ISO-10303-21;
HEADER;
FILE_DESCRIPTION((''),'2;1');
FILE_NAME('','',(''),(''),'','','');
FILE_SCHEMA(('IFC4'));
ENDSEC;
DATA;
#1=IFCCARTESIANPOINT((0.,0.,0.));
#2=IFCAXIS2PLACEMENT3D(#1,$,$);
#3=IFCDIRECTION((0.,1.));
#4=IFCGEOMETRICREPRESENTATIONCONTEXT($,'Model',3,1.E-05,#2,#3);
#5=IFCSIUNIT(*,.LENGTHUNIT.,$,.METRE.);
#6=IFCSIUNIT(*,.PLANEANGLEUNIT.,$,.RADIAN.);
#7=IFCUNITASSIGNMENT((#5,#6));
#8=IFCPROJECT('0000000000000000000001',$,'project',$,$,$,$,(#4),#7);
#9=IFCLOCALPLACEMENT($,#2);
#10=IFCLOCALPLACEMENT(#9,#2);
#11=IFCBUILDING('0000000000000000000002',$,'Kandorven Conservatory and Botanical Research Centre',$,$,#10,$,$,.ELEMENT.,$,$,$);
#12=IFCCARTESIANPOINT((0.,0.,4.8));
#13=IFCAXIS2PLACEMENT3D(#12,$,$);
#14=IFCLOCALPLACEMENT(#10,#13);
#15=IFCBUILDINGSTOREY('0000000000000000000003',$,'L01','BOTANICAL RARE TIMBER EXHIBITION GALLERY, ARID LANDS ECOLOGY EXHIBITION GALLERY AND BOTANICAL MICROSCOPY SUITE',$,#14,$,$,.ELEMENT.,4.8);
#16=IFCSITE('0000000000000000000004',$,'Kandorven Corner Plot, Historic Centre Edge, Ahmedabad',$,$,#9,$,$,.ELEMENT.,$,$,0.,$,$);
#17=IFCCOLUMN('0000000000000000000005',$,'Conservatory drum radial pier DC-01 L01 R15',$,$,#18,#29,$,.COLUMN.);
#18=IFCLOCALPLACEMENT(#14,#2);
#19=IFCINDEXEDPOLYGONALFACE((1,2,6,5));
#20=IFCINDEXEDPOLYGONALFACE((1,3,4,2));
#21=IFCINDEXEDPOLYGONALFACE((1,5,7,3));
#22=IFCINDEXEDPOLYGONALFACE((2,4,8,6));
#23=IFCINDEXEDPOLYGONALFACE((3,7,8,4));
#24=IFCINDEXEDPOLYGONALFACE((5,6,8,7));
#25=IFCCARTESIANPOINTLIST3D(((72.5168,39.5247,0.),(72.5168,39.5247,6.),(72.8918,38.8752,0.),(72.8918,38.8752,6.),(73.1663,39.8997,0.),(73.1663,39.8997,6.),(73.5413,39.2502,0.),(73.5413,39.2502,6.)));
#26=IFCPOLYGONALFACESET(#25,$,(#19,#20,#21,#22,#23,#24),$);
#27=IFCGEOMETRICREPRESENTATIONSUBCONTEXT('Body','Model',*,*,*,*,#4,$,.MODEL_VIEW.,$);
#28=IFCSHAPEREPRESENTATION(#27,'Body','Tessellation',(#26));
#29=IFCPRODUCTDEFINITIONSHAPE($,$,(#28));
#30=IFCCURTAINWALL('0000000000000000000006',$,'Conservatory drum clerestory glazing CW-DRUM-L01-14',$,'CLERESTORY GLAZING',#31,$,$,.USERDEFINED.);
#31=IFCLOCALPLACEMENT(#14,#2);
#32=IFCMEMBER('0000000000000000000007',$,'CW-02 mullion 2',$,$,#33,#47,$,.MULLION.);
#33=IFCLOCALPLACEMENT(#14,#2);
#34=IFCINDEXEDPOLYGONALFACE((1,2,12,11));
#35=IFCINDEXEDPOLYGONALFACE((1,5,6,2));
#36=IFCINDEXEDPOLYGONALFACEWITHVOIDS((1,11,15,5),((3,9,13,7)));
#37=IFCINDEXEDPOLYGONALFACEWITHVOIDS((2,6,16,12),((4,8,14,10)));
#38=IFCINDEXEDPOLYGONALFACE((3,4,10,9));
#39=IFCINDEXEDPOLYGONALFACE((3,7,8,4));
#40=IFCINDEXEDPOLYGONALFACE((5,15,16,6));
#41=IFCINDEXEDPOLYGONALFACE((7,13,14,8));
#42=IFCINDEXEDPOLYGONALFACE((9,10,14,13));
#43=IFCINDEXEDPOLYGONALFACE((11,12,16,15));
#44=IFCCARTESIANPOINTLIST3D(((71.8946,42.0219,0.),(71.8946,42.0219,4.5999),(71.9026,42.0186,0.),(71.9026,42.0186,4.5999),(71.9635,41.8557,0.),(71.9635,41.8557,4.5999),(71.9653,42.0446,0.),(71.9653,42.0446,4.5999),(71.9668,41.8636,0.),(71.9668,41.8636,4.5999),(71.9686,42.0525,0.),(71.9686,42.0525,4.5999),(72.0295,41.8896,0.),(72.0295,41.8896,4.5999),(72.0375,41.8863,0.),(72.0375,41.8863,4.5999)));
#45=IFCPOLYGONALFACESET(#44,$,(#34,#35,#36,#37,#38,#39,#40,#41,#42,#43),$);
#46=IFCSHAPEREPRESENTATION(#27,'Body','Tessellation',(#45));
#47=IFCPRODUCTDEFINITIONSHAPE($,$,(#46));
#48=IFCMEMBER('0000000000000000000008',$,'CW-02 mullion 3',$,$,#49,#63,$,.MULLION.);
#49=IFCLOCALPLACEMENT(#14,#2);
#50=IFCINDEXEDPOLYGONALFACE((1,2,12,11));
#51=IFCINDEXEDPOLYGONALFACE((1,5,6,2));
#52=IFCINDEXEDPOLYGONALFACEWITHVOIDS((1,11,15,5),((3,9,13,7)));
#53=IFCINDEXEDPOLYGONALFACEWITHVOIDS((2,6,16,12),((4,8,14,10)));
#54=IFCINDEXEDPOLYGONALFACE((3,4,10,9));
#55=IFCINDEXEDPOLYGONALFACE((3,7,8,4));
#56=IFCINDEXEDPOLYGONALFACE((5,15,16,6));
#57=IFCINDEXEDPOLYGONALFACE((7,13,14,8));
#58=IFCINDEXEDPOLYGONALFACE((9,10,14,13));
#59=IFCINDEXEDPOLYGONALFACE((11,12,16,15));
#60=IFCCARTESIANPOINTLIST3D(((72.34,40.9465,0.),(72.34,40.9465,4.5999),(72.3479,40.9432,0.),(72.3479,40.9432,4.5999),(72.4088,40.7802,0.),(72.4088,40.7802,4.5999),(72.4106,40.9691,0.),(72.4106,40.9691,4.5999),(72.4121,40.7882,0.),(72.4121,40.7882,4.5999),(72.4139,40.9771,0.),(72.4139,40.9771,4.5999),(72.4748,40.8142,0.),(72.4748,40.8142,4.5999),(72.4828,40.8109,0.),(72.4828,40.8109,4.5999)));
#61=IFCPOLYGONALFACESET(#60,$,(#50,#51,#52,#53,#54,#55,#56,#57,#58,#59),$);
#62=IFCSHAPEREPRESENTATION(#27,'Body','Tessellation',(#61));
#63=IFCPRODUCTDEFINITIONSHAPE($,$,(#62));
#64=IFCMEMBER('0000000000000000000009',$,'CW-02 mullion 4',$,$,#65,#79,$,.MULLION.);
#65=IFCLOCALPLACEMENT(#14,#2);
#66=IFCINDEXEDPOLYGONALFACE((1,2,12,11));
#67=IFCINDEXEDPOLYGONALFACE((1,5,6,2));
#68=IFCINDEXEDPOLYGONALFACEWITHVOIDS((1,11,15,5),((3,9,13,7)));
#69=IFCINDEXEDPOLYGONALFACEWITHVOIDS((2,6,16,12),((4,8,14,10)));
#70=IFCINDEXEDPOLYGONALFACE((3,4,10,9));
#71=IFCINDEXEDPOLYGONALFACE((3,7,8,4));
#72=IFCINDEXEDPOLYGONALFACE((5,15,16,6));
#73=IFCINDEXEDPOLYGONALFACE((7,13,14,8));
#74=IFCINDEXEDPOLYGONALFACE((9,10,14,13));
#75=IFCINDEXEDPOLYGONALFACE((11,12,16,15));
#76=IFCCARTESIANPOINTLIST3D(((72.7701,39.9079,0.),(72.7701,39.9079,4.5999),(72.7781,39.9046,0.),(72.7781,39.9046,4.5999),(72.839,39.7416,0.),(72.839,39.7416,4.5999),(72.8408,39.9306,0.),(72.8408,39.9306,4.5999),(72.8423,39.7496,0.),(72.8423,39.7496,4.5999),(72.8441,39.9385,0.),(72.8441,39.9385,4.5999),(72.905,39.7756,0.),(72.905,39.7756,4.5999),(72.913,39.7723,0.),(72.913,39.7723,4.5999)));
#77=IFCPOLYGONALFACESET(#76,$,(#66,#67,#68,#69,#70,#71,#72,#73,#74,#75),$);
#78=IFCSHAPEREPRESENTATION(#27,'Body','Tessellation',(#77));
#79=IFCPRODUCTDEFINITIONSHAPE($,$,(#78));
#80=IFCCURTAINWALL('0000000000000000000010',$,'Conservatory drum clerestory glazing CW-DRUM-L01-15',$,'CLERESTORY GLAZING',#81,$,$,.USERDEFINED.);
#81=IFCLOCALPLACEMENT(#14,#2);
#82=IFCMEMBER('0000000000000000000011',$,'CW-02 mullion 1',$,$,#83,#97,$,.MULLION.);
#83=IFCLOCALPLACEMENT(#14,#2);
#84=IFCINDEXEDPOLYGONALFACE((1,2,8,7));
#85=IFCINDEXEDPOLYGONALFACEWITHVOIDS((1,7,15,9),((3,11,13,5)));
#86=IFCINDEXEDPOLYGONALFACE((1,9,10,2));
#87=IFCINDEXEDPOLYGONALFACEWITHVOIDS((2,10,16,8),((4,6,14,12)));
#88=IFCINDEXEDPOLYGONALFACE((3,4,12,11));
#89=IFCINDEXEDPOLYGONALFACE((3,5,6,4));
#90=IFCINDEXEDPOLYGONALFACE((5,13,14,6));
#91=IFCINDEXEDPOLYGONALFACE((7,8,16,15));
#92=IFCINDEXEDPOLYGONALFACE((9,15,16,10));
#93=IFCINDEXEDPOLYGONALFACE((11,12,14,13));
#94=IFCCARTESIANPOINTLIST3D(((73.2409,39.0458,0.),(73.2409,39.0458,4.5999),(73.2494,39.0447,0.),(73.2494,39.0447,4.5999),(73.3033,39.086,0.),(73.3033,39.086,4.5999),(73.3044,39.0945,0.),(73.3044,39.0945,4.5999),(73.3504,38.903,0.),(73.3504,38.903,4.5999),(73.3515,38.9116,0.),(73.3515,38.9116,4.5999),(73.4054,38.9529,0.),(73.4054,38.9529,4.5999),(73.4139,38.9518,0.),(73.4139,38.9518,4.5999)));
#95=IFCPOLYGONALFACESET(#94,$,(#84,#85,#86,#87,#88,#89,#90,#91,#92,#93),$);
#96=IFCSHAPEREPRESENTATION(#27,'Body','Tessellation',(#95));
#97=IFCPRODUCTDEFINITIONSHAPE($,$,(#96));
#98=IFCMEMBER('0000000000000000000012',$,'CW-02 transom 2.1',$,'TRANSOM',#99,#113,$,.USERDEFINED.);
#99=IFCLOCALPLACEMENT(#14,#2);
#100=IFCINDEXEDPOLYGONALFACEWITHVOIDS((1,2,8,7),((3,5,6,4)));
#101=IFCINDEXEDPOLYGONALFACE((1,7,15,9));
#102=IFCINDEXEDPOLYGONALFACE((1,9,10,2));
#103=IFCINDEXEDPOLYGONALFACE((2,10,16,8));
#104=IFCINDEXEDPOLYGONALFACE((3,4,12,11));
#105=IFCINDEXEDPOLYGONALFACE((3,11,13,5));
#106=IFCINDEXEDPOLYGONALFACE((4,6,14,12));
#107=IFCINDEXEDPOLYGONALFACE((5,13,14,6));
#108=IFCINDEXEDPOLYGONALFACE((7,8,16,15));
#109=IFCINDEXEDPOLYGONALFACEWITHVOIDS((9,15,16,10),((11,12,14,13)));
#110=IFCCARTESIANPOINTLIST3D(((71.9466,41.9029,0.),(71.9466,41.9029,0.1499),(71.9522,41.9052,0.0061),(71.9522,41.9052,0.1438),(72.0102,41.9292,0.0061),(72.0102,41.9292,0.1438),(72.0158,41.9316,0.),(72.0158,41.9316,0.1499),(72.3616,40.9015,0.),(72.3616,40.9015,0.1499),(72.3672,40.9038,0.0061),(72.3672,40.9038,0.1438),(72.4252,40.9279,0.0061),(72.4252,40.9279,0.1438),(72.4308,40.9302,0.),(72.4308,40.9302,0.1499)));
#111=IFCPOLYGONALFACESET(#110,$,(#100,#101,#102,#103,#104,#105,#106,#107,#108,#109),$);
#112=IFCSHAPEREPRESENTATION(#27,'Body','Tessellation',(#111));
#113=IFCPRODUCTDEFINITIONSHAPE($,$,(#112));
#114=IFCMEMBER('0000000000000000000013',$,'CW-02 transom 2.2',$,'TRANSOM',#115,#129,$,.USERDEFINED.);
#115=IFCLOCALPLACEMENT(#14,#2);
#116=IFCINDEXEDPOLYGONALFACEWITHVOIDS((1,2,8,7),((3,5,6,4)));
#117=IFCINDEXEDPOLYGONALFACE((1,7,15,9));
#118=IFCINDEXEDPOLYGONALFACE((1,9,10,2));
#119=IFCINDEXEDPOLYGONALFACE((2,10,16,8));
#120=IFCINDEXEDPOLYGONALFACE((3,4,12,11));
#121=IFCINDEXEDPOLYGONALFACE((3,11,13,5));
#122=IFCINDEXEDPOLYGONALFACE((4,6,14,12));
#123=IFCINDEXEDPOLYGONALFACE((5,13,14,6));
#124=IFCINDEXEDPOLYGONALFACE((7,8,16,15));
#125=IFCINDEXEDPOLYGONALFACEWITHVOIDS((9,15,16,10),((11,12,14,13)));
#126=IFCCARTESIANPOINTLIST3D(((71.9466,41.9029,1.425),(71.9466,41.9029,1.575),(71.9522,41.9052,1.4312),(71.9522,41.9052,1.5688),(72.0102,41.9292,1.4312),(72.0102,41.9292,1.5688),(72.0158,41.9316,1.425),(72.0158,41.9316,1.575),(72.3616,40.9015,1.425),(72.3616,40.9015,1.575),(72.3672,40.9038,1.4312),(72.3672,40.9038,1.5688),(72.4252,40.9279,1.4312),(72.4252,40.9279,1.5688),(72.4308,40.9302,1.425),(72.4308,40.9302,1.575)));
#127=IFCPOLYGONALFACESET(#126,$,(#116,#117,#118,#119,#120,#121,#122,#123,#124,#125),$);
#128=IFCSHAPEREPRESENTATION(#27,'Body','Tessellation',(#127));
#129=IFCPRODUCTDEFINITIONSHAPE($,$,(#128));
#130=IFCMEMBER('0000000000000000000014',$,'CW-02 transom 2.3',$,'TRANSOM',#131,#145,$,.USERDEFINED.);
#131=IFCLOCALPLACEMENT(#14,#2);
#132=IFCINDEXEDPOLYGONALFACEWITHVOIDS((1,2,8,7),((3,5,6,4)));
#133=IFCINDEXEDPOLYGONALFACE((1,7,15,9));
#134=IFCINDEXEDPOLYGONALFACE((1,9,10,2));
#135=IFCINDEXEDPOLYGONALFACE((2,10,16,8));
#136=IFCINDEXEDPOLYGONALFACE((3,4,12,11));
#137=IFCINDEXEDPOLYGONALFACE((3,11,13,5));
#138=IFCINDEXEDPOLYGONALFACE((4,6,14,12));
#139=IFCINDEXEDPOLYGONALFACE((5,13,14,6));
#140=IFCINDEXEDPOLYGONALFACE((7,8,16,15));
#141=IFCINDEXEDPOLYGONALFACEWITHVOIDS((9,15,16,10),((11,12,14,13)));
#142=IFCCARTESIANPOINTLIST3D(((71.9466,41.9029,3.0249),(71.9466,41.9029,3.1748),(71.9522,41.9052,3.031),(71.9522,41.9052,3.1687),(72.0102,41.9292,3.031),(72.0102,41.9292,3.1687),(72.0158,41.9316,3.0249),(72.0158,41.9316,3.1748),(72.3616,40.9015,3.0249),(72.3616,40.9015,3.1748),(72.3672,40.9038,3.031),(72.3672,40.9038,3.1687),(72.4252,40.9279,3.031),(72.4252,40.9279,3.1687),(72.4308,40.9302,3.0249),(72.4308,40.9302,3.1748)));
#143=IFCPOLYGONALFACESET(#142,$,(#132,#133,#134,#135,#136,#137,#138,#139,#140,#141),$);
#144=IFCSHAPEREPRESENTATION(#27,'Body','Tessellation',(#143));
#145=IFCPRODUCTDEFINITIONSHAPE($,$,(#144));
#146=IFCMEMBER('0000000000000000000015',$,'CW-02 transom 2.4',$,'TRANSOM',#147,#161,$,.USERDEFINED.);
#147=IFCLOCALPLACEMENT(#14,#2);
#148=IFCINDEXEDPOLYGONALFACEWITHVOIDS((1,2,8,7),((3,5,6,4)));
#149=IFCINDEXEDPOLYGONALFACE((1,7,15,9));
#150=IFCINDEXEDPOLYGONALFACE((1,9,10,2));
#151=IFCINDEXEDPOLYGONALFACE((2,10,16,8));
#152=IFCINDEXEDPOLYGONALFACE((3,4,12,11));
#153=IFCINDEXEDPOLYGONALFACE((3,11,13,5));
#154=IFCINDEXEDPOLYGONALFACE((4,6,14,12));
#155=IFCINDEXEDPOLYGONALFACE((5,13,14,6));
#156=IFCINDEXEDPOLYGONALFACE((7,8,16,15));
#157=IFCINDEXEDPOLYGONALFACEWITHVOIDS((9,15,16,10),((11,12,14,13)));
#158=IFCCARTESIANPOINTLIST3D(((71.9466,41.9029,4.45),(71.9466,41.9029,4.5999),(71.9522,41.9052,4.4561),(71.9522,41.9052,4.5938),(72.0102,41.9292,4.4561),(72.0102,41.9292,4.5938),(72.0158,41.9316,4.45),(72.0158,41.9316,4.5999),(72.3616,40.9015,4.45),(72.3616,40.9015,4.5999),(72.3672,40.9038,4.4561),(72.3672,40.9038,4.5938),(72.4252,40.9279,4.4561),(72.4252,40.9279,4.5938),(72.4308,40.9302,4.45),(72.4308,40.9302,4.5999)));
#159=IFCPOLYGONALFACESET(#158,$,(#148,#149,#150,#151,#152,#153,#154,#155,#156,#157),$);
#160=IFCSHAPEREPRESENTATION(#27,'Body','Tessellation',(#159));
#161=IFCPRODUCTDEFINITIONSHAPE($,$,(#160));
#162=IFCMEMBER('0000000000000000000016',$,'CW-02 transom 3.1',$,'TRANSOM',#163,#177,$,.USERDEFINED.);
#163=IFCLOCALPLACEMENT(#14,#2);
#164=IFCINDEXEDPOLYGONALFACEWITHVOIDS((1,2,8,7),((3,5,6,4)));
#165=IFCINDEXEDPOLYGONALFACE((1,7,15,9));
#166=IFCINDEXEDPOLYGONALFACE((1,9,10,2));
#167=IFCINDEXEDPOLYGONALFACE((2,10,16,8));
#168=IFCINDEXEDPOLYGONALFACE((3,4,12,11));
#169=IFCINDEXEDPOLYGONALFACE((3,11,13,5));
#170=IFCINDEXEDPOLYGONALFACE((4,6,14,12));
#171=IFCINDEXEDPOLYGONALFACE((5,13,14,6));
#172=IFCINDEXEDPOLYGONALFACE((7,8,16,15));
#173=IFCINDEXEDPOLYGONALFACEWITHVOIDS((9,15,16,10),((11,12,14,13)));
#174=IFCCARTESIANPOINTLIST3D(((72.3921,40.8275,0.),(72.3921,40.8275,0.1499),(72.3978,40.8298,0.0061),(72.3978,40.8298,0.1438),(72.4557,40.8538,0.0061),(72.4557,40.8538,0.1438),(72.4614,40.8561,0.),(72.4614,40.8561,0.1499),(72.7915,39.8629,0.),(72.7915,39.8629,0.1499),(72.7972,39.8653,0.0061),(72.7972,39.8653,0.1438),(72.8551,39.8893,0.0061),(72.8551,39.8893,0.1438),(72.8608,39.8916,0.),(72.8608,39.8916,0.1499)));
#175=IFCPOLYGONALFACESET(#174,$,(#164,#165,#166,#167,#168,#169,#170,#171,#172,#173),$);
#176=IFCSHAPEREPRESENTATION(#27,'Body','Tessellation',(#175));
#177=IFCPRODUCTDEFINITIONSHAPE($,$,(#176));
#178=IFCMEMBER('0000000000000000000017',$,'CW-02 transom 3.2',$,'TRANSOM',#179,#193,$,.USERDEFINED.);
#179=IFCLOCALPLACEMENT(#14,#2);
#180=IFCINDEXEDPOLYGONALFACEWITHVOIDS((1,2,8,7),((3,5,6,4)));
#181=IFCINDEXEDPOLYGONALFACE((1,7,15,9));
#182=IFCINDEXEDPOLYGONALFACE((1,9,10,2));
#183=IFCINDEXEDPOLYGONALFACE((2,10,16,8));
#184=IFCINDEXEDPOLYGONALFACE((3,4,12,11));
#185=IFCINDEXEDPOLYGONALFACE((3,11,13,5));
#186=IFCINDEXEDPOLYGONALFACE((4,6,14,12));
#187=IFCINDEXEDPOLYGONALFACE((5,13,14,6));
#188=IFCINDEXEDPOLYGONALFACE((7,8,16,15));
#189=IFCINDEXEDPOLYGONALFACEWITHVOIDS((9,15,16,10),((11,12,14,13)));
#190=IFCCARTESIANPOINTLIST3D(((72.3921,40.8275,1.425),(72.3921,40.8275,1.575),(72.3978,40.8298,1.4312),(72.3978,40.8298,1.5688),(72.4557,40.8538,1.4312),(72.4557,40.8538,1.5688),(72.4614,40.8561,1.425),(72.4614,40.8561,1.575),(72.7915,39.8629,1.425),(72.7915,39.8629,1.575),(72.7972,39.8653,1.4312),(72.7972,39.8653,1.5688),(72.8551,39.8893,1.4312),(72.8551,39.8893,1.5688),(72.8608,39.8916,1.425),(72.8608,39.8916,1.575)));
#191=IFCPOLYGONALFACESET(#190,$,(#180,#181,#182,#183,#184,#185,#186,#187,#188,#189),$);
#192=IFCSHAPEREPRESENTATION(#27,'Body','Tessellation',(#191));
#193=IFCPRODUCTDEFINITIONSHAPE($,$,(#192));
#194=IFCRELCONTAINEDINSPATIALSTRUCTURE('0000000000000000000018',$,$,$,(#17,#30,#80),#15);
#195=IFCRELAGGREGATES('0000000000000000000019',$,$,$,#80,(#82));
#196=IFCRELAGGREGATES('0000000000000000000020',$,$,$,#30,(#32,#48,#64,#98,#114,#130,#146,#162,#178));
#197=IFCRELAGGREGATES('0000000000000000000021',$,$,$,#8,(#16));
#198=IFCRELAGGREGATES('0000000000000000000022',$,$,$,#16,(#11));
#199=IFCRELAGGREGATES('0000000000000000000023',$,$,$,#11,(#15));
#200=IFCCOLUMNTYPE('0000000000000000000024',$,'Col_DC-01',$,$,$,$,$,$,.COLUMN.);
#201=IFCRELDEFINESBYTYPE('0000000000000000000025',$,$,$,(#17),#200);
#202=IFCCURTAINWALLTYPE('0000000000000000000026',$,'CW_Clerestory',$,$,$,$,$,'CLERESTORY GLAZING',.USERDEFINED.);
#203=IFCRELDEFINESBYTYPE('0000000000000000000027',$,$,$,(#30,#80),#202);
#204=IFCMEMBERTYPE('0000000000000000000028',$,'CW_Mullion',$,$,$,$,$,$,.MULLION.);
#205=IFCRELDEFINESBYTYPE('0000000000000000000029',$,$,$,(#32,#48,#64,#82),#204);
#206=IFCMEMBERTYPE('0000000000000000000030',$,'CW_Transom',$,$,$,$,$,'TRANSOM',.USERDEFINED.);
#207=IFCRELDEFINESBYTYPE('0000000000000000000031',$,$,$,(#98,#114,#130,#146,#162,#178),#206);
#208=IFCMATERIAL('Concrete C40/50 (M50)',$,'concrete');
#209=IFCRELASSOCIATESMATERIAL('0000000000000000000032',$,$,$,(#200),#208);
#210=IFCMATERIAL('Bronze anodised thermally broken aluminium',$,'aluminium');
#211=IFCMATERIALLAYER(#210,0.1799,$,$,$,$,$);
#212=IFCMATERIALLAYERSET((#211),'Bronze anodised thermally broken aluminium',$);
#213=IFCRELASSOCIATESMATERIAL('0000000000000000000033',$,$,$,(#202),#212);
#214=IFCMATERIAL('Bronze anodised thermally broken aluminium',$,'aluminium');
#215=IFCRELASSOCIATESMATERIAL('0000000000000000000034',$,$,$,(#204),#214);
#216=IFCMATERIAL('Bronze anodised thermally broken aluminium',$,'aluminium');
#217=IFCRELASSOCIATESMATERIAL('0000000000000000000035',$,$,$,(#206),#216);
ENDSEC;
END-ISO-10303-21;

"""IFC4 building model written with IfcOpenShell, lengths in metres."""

from ifc_helpers import new_model, si_unit, direction, frame, origin, origin_2d, place, context, subcontext, project, spatial, rectangle, hollow_rectangle, extrude, material, layer, layer_set, material_profile, profile_set, type_object, element, aggregate, save


model = new_model("IFC4")

# Units and contexts
model_context = context("Model", 3, precision=1e-05, world=origin(), true_north=direction((0.0, 1.0)))
body_context = subcontext(model_context, "Body", "Model", "MODEL_VIEW")
ifc_project = project(units=[si_unit("LENGTHUNIT", "METRE"), si_unit("PLANEANGLEUNIT", "RADIAN")], contexts=[model_context])

# Site, building, storey
site_placement = place(None, origin())
site = spatial("IfcSite", under=ifc_project, at=site_placement, Name="Kandorven Corner Plot, Historic Centre Edge, Ahmedabad", CompositionType="ELEMENT", RefElevation=0.0)
building_placement = place(site_placement, origin())
building = spatial("IfcBuilding", under=site, at=building_placement, Name="Kandorven Conservatory and Botanical Research Centre", CompositionType="ELEMENT")
storey_placement = place(building_placement, frame((0.0, 0.0, 4.8)))
storey = spatial("IfcBuildingStorey", under=building, at=storey_placement, Name="L01", Description="BOTANICAL RARE TIMBER EXHIBITION GALLERY, ARID LANDS ECOLOGY EXHIBITION GALLERY AND BOTANICAL MICROSCOPY SUITE", CompositionType="ELEMENT", Elevation=4.8)

# Column
ifc_material_1 = material(Name="Concrete C40/50 (M50)", Category="concrete")
ifc_material_profile_1 = material_profile(ifc_material_1, rectangle(XDim=0.75, YDim=0.75, at=origin_2d()))
ifc_profile_set_1 = profile_set([ifc_material_profile_1], Name="Concrete C40/50 (M50)")
column_type = type_object("IfcColumnType", Name="Col_DC-01", PredefinedType="COLUMN", material=ifc_profile_set_1)
column_placement = place(storey_placement, frame((73.0291, 39.3875, 0.0), z_axis=(0.0, 0.0, 1.0), x_axis=(-0.866025, -0.5, 0.0)))
element("IfcColumn", 1, at=column_placement, inside=storey, type_object=column_type, Name="Conservatory drum radial pier DC-01 L01 R15", PredefinedType="COLUMN", context=body_context, shape_type="SweptSolid", body=[
    extrude(rectangle(XDim=0.75, YDim=0.75, at=origin_2d()), origin(), (0.0, 0.0, 1.0), 6.0),
])

# Curtain wall, members
ifc_material_2 = material(Name="Bronze anodised thermally broken aluminium", Category="aluminium")
ifc_layer_1 = layer(ifc_material_2, 0.1799)
ifc_layer_set_1 = layer_set([ifc_layer_1], Name="Bronze anodised thermally broken aluminium")
curtain_wall_type = type_object("IfcCurtainWallType", Name="CW_Clerestory", ElementType="CLERESTORY GLAZING", PredefinedType="USERDEFINED", material=ifc_layer_set_1)
curtain_wall_1_placement = place(storey_placement, origin())
curtain_wall_1 = element("IfcCurtainWall", 2, at=curtain_wall_1_placement, inside=storey, type_object=curtain_wall_type, Name="Conservatory drum clerestory glazing CW-DRUM-L01-14", ObjectType="CLERESTORY GLAZING", PredefinedType="USERDEFINED")
ifc_material_3 = material(Name="Bronze anodised thermally broken aluminium", Category="aluminium")
ifc_material_profile_2 = material_profile(ifc_material_3, hollow_rectangle(XDim=0.0801, YDim=0.1799, WallThickness=0.0061, at=origin_2d()))
ifc_profile_set_2 = profile_set([ifc_material_profile_2], Name="Bronze anodised thermally broken aluminium")
member_type_1 = type_object("IfcMemberType", Name="CW_Mullion", PredefinedType="MULLION", material=ifc_profile_set_2)
member_1_placement = place(storey_placement, frame((71.9661, 41.9541, 0.0), z_axis=(0.0, 0.0, 1.0), x_axis=(0.923886, 0.382669, 0.0)))
member_1 = element("IfcMember", 3, at=member_1_placement, type_object=member_type_1, Name="CW-02 mullion 2", PredefinedType="MULLION", context=body_context, shape_type="SweptSolid", body=[
    extrude(hollow_rectangle(XDim=0.0801, YDim=0.1799, WallThickness=0.0061, at=origin_2d()), origin(), (0.0, 0.0, 1.0), 4.5999),
])
member_2_placement = place(storey_placement, frame((72.4114, 40.8787, 0.0), z_axis=(0.0, 0.0, 1.0), x_axis=(0.923886, 0.382669, 0.0)))
member_2 = element("IfcMember", 4, at=member_2_placement, type_object=member_type_1, Name="CW-02 mullion 3", PredefinedType="MULLION", context=body_context, shape_type="SweptSolid", body=[
    extrude(hollow_rectangle(XDim=0.0801, YDim=0.1799, WallThickness=0.0061, at=origin_2d()), origin(), (0.0, 0.0, 1.0), 4.5999),
])
member_3_placement = place(storey_placement, frame((72.8416, 39.8401, 0.0), z_axis=(0.0, 0.0, 1.0), x_axis=(0.923886, 0.382669, 0.0)))
member_3 = element("IfcMember", 5, at=member_3_placement, type_object=member_type_1, Name="CW-02 mullion 4", PredefinedType="MULLION", context=body_context, shape_type="SweptSolid", body=[
    extrude(hollow_rectangle(XDim=0.0801, YDim=0.1799, WallThickness=0.0061, at=origin_2d()), origin(), (0.0, 0.0, 1.0), 4.5999),
])

# Curtain wall, member
curtain_wall_2_placement = place(storey_placement, origin())
curtain_wall_2 = element("IfcCurtainWall", 6, at=curtain_wall_2_placement, inside=storey, type_object=curtain_wall_type, Name="Conservatory drum clerestory glazing CW-DRUM-L01-15", ObjectType="CLERESTORY GLAZING", PredefinedType="USERDEFINED")
member_4_placement = place(storey_placement, frame((73.3274, 38.9988, 0.0), z_axis=(0.0, 0.0, 1.0), x_axis=(0.793347, 0.608769, 0.0)))
member_4 = element("IfcMember", 7, at=member_4_placement, type_object=member_type_1, Name="CW-02 mullion 1", PredefinedType="MULLION", context=body_context, shape_type="SweptSolid", body=[
    extrude(hollow_rectangle(XDim=0.0801, YDim=0.1799, WallThickness=0.0061, at=origin_2d()), origin(), (0.0, 0.0, 1.0), 4.5999),
])
aggregate(curtain_wall_2, [member_4])

# Members
ifc_material_4 = material(Name="Bronze anodised thermally broken aluminium", Category="aluminium")
ifc_material_profile_3 = material_profile(ifc_material_4, hollow_rectangle(XDim=0.075, YDim=0.1499, WallThickness=0.0061, at=origin_2d()))
ifc_profile_set_3 = profile_set([ifc_material_profile_3], Name="Bronze anodised thermally broken aluminium")
member_type_2 = type_object("IfcMemberType", Name="CW_Transom", ElementType="TRANSOM", PredefinedType="USERDEFINED", material=ifc_profile_set_3)
member_5_placement = place(storey_placement, frame((71.9812, 41.9172, 0.075), z_axis=(0.382856, -0.923808, 0.0), x_axis=(0.923808, 0.382856, 0.0)))
member_5 = element("IfcMember", 8, at=member_5_placement, type_object=member_type_2, Name="CW-02 transom 2.1", ObjectType="TRANSOM", PredefinedType="USERDEFINED", context=body_context, shape_type="SweptSolid", body=[
    extrude(hollow_rectangle(XDim=0.075, YDim=0.1499, WallThickness=0.0061, at=origin_2d()), origin(), (0.0, 0.0, 1.0), 1.084),
])
member_6_placement = place(storey_placement, frame((71.9812, 41.9172, 1.5), z_axis=(0.382856, -0.923808, 0.0), x_axis=(0.923808, 0.382856, 0.0)))
member_6 = element("IfcMember", 9, at=member_6_placement, type_object=member_type_2, Name="CW-02 transom 2.2", ObjectType="TRANSOM", PredefinedType="USERDEFINED", context=body_context, shape_type="SweptSolid", body=[
    extrude(hollow_rectangle(XDim=0.075, YDim=0.1499, WallThickness=0.0061, at=origin_2d()), origin(), (0.0, 0.0, 1.0), 1.084),
])
member_7_placement = place(storey_placement, frame((71.9812, 41.9172, 3.0999), z_axis=(0.382856, -0.923808, 0.0), x_axis=(0.923808, 0.382856, 0.0)))
member_7 = element("IfcMember", 10, at=member_7_placement, type_object=member_type_2, Name="CW-02 transom 2.3", ObjectType="TRANSOM", PredefinedType="USERDEFINED", context=body_context, shape_type="SweptSolid", body=[
    extrude(hollow_rectangle(XDim=0.075, YDim=0.1499, WallThickness=0.0061, at=origin_2d()), origin(), (0.0, 0.0, 1.0), 1.084),
])
member_8_placement = place(storey_placement, frame((71.9812, 41.9172, 4.5249), z_axis=(0.382856, -0.923808, 0.0), x_axis=(0.923808, 0.382856, 0.0)))
member_8 = element("IfcMember", 11, at=member_8_placement, type_object=member_type_2, Name="CW-02 transom 2.4", ObjectType="TRANSOM", PredefinedType="USERDEFINED", context=body_context, shape_type="SweptSolid", body=[
    extrude(hollow_rectangle(XDim=0.075, YDim=0.1499, WallThickness=0.0061, at=origin_2d()), origin(), (0.0, 0.0, 1.0), 1.084),
])
member_9_placement = place(storey_placement, frame((72.4268, 40.8418, 0.075), z_axis=(0.382572, -0.923926, 0.0), x_axis=(0.923926, 0.382572, 0.0)))
member_9 = element("IfcMember", 12, at=member_9_placement, type_object=member_type_2, Name="CW-02 transom 3.1", ObjectType="TRANSOM", PredefinedType="USERDEFINED", context=body_context, shape_type="SweptSolid", body=[
    extrude(hollow_rectangle(XDim=0.075, YDim=0.1499, WallThickness=0.0061, at=origin_2d()), origin(), (0.0, 0.0, 1.0), 1.0439),
])
member_10_placement = place(storey_placement, frame((72.4268, 40.8418, 1.5), z_axis=(0.382572, -0.923926, 0.0), x_axis=(0.923926, 0.382572, 0.0)))
member_10 = element("IfcMember", 13, at=member_10_placement, type_object=member_type_2, Name="CW-02 transom 3.2", ObjectType="TRANSOM", PredefinedType="USERDEFINED", context=body_context, shape_type="SweptSolid", body=[
    extrude(hollow_rectangle(XDim=0.075, YDim=0.1499, WallThickness=0.0061, at=origin_2d()), origin(), (0.0, 0.0, 1.0), 1.0439),
])

aggregate(curtain_wall_1, [member_1, member_2, member_3, member_5, member_6, member_7, member_8, member_9, member_10])

save(model, "model.ifc")
